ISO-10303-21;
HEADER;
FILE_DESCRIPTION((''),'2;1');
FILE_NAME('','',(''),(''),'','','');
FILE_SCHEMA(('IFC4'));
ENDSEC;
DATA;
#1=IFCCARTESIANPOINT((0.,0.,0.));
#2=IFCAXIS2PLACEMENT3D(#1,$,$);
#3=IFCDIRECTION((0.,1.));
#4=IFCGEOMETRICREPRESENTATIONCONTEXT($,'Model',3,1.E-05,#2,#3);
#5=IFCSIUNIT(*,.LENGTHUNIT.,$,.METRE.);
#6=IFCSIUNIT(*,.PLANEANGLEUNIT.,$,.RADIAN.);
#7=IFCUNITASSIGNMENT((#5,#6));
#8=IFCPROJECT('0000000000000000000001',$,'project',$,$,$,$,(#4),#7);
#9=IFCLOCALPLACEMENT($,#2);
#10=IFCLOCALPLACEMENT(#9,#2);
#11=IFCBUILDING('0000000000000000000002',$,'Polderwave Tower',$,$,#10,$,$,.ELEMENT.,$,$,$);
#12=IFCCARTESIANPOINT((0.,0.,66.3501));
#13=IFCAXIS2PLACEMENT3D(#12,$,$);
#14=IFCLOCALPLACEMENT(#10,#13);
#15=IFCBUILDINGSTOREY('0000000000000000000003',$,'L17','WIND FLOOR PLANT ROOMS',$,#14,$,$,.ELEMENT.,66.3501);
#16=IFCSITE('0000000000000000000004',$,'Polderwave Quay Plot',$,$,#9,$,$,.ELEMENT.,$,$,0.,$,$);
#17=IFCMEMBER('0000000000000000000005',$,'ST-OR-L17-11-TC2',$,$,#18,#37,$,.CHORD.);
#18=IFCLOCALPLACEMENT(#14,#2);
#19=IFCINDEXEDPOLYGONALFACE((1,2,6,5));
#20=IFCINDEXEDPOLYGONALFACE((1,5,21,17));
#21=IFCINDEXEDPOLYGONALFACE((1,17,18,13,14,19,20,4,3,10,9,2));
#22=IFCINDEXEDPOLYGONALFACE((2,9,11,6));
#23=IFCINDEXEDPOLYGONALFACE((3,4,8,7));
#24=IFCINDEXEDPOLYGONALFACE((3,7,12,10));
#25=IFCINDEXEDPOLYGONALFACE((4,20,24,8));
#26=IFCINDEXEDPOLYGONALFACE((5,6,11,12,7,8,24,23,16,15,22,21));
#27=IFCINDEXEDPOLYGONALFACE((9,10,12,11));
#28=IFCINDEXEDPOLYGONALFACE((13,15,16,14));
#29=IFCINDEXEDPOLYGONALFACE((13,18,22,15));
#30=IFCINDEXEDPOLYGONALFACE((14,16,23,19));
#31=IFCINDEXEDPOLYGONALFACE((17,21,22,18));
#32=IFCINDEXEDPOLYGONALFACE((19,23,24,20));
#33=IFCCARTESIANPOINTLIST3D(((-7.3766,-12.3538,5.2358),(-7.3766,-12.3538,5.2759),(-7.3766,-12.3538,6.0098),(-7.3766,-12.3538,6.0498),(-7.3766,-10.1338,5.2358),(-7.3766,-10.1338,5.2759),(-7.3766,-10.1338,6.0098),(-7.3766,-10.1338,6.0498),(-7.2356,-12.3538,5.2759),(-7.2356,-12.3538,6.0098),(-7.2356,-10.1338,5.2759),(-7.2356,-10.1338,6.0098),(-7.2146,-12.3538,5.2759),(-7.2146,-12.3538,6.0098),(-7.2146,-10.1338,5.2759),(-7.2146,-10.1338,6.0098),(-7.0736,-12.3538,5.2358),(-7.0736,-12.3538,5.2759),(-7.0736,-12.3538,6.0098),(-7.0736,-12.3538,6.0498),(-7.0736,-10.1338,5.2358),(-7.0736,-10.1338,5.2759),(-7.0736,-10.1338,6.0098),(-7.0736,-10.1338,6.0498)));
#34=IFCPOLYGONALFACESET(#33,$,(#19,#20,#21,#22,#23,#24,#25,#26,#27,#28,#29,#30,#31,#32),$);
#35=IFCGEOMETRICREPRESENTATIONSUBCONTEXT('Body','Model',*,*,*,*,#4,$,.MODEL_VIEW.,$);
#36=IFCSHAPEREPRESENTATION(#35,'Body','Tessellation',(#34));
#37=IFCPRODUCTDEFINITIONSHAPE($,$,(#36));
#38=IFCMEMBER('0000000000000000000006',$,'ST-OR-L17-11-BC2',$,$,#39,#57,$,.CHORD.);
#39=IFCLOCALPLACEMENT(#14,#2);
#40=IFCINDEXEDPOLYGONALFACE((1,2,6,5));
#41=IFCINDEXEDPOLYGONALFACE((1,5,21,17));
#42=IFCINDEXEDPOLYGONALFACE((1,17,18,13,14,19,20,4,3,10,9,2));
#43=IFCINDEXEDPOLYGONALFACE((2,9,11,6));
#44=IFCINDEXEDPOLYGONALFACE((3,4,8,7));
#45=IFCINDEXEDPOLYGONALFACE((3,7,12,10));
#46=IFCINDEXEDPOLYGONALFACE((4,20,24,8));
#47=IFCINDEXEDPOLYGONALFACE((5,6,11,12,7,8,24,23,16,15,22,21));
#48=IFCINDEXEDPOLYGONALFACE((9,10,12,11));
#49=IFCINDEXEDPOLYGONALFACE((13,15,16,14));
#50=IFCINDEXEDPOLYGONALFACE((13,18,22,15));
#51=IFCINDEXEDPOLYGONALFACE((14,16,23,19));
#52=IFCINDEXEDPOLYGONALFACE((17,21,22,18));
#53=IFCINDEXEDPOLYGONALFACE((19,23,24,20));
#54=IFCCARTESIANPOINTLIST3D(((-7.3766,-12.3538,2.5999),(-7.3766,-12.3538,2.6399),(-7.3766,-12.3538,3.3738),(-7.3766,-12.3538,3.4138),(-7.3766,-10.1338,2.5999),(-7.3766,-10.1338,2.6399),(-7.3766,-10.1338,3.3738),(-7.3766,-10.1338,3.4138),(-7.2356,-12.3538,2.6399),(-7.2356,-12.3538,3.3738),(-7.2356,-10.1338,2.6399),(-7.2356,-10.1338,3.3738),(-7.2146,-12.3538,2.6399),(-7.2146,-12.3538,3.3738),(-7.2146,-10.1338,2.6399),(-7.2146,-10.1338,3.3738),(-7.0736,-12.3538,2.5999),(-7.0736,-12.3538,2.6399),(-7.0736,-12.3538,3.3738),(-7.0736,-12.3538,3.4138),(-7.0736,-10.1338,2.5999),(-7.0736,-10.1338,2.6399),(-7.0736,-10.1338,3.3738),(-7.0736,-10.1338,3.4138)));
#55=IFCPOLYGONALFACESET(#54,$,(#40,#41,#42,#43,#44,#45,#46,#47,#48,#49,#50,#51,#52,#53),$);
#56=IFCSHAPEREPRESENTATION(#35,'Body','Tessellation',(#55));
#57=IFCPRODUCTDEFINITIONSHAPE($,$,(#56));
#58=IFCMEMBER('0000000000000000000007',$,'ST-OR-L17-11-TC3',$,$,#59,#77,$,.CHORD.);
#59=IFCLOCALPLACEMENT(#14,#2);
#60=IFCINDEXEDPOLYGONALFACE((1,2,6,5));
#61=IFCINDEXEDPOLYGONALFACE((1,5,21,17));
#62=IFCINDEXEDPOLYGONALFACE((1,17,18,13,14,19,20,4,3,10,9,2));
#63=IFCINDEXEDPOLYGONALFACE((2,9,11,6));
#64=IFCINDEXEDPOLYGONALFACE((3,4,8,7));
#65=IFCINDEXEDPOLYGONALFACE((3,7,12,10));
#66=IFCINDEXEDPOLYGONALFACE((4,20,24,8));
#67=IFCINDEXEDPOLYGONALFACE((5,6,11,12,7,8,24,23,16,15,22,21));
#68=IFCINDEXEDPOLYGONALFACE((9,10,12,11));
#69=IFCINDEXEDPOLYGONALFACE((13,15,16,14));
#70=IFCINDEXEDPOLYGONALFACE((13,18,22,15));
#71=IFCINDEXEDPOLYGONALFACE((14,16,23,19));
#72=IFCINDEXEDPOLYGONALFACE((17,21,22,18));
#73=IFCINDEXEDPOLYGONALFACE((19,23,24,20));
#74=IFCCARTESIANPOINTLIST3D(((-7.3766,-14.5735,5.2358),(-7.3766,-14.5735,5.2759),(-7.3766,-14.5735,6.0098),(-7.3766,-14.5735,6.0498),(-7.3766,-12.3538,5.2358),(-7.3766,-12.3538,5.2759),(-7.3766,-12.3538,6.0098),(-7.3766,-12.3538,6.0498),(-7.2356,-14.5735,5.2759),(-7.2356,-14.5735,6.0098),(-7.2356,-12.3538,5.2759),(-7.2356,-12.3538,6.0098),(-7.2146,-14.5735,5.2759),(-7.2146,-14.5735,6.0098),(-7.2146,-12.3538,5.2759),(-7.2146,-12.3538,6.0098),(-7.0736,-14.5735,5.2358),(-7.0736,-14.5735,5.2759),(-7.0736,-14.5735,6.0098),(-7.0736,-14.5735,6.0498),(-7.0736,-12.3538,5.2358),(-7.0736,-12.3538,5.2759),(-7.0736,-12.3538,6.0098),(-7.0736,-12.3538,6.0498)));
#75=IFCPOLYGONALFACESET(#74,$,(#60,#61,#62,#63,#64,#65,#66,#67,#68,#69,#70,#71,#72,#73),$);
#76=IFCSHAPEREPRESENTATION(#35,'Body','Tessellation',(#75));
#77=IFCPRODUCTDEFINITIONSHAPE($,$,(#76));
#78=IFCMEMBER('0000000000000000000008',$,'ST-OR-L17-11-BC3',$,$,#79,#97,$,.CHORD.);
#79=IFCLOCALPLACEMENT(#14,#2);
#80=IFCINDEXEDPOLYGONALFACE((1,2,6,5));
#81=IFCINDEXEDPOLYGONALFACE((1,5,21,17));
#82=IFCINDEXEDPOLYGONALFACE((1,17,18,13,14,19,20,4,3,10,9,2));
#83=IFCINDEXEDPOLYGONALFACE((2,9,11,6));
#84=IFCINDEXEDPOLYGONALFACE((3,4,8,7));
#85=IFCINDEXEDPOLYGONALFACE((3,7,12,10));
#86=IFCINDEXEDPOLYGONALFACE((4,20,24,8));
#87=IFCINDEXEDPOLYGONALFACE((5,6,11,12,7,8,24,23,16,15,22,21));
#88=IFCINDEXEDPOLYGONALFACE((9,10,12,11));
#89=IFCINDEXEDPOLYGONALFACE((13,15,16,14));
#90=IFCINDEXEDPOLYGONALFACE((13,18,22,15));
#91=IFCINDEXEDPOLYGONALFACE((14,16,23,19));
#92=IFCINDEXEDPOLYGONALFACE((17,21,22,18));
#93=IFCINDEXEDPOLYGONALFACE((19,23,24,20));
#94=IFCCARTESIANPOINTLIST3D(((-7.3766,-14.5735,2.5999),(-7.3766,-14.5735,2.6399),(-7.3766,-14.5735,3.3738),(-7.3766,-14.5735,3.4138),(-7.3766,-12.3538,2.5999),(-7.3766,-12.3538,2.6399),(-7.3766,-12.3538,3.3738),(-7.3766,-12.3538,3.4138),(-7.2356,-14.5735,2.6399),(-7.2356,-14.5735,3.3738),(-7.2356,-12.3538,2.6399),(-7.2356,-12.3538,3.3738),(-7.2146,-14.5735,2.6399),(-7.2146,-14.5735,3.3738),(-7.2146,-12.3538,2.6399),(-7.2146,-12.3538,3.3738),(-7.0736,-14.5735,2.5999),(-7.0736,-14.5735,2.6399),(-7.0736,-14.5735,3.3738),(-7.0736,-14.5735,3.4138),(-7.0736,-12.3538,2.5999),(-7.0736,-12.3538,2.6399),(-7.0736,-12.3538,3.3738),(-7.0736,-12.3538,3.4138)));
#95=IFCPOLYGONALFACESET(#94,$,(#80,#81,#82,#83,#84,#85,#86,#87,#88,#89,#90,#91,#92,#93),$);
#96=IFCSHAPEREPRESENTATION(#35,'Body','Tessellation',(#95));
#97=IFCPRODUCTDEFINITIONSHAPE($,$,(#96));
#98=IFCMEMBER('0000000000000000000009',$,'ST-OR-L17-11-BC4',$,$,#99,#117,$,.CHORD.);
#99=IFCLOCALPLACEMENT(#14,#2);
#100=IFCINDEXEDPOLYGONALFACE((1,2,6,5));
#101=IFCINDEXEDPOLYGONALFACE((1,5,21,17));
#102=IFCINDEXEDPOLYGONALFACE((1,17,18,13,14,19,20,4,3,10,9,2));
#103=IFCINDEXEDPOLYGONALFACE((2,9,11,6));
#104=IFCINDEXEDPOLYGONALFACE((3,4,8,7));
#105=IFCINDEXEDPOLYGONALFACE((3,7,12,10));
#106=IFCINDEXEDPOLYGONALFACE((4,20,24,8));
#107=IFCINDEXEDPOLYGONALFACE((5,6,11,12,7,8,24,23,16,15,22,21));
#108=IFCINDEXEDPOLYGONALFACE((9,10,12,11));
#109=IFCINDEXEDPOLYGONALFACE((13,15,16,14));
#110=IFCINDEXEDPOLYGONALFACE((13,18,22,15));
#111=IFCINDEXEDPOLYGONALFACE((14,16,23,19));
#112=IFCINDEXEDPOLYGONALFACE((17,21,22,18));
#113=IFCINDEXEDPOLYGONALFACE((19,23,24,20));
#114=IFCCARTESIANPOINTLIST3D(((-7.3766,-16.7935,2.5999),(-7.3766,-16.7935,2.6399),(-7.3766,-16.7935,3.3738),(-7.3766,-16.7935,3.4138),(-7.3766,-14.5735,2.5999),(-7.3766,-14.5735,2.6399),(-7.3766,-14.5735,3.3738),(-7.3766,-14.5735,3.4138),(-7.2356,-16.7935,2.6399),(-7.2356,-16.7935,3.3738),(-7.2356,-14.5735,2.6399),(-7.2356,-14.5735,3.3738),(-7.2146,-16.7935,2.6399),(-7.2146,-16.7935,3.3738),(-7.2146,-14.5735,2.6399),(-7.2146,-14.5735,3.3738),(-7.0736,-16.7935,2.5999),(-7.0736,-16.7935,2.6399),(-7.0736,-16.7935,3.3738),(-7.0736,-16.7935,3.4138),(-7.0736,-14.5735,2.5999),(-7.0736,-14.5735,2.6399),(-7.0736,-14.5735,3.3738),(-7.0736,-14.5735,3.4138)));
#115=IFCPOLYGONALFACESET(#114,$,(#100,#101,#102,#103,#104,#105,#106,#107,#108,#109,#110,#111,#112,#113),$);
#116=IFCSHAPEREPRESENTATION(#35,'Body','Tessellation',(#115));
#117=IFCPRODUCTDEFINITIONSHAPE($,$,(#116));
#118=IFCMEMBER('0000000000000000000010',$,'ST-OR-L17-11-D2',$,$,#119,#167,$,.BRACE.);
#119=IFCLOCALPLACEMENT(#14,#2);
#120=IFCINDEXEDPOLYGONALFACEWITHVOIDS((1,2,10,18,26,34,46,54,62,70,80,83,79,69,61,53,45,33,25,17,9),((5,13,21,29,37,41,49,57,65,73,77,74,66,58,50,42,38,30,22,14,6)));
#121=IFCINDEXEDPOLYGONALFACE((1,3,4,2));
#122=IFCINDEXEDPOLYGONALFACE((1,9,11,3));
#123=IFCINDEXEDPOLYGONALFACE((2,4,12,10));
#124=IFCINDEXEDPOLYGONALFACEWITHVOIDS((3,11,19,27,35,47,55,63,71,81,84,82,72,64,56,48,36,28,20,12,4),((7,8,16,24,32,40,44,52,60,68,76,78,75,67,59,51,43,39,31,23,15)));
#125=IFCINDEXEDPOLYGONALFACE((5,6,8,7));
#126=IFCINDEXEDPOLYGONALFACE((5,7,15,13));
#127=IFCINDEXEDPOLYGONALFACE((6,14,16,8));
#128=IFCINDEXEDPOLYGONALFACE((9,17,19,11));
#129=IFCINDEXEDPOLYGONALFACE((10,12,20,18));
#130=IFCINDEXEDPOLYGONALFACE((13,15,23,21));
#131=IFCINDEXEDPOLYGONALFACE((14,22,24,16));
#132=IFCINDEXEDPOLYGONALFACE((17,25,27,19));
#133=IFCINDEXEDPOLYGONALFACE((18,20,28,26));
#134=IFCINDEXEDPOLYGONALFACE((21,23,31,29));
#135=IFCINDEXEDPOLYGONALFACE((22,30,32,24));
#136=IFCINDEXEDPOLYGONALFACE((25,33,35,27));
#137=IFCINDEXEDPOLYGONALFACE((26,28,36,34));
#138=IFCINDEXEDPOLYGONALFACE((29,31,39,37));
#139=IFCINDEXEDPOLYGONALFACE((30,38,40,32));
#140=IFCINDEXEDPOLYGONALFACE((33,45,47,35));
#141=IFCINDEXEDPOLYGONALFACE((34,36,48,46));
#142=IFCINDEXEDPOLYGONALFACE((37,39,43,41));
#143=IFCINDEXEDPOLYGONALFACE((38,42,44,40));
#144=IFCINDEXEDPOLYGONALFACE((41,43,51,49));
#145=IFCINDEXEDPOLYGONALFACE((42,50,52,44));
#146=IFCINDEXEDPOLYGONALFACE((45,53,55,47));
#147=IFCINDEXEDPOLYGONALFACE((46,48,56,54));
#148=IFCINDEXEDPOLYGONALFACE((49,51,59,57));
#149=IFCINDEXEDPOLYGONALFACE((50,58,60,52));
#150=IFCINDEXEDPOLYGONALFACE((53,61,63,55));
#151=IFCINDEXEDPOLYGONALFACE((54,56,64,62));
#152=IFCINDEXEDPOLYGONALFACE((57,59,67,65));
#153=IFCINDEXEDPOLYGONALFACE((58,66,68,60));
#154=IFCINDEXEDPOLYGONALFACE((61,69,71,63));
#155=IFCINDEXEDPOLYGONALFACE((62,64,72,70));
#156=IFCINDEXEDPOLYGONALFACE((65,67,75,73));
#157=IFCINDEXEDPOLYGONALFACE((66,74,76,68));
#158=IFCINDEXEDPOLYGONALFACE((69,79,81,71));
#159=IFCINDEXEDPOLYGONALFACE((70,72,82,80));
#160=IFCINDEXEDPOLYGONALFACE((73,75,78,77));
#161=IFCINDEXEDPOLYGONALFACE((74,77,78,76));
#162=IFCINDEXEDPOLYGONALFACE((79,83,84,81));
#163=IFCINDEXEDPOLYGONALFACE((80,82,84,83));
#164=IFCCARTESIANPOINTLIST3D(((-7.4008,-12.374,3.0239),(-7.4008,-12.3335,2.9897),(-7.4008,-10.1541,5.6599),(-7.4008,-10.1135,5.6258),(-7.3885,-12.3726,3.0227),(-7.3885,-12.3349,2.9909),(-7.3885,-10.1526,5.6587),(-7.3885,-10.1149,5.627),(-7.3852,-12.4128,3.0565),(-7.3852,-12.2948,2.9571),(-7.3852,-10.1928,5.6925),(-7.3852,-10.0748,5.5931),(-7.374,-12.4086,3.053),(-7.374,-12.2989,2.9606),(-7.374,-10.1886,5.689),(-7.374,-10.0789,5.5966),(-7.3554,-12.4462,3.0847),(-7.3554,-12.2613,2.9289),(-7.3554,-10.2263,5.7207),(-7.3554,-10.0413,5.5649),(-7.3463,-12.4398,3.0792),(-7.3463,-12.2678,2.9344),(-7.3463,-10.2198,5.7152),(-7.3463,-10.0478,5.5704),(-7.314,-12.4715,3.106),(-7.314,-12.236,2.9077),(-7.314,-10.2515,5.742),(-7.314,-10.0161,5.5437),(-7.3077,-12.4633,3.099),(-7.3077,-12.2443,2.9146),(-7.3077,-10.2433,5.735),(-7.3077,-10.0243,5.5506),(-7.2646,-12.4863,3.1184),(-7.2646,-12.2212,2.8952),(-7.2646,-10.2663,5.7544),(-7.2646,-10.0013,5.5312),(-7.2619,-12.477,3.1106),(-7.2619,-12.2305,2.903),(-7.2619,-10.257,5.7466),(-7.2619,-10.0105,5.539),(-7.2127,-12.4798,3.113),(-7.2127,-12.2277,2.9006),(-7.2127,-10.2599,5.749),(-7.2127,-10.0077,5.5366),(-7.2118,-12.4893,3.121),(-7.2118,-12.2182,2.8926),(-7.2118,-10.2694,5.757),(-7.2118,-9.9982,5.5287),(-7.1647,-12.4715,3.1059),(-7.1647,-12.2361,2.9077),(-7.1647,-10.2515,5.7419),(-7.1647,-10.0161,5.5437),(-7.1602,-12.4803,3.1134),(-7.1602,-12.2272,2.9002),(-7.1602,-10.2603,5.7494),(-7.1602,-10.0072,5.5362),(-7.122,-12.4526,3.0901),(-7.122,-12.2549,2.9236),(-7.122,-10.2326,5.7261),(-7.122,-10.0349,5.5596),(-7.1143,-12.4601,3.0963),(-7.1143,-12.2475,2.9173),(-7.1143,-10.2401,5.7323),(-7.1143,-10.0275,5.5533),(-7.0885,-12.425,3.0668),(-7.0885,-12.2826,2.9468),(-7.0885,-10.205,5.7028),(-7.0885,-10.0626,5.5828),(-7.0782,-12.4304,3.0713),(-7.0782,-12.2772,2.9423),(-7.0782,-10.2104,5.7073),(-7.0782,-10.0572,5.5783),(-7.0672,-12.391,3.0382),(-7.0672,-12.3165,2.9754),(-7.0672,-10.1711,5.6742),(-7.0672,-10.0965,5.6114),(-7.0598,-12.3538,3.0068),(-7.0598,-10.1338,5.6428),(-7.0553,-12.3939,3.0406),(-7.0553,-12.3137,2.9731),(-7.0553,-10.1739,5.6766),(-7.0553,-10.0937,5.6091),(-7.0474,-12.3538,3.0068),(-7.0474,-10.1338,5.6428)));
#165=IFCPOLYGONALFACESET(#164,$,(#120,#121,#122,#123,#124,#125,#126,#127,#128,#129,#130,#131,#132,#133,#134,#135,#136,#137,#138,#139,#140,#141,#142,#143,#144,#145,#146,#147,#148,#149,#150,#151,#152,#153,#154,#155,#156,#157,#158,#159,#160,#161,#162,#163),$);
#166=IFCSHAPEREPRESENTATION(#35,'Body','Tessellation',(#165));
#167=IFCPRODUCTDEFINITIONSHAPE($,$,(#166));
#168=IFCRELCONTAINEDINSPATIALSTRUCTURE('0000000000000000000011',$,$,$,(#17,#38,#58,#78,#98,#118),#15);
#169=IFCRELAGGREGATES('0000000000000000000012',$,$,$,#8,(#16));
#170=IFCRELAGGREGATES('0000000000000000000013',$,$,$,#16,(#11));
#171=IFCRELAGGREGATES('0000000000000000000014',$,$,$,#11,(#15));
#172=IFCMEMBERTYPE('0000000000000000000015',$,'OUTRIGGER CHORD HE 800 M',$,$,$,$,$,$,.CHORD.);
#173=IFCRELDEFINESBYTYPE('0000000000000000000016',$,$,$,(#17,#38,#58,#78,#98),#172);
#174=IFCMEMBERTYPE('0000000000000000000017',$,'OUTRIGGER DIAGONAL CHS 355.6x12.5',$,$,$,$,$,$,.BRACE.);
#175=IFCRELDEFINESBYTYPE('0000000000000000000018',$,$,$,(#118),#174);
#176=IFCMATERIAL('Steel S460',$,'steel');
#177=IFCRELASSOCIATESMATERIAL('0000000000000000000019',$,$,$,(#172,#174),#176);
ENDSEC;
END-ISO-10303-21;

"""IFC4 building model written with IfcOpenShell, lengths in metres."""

from ifc_helpers import new_model, si_unit, direction, frame, origin, origin_2d, place, context, subcontext, project, spatial, hollow_circle, i_section, extrude, material, material_profile, profile_set, type_object, element, save


model = new_model("IFC4")

# Units and contexts
model_context = context("Model", 3, precision=1e-05, world=origin(), true_north=direction((0.0, 1.0)))
body_context = subcontext(model_context, "Body", "Model", "MODEL_VIEW")
ifc_project = project(units=[si_unit("LENGTHUNIT", "METRE"), si_unit("PLANEANGLEUNIT", "RADIAN")], contexts=[model_context])

# Site, building, storey
site_placement = place(None, origin())
site = spatial("IfcSite", under=ifc_project, at=site_placement, Name="Polderwave Quay Plot", CompositionType="ELEMENT", RefElevation=0.0)
building_placement = place(site_placement, origin())
building = spatial("IfcBuilding", under=site, at=building_placement, Name="Polderwave Tower", CompositionType="ELEMENT")
storey_placement = place(building_placement, frame((0.0, 0.0, 66.3501)))
storey = spatial("IfcBuildingStorey", under=building, at=storey_placement, Name="L17", Description="WIND FLOOR PLANT ROOMS", CompositionType="ELEMENT", Elevation=66.3501)

# Members
ifc_material_1 = material(Name="Steel S460", Category="steel")
ifc_material_profile_1 = material_profile(ifc_material_1, i_section(OverallWidth=0.303, OverallDepth=0.814, WebThickness=0.021, FlangeThickness=0.04, at=origin_2d()), Name="HE 800 M")
ifc_profile_set_1 = profile_set([ifc_material_profile_1], Name="Steel S460")
member_type_1 = type_object("IfcMemberType", Name="OUTRIGGER CHORD HE 800 M", PredefinedType="CHORD", material=ifc_profile_set_1)
for number, where, z_axis, x_axis, name in (
    (1, (-7.2251, -10.1338, 5.6428), (0.0, -1.0, 0.0), (1.0, 0.0, 0.0), "ST-OR-L17-11-TC2"),
    (2, (-7.2251, -10.1338, 3.0068), (0.0, -1.0, 0.0), (1.0, 0.0, 0.0), "ST-OR-L17-11-BC2"),
):
    element("IfcMember", number, at=place(storey_placement, frame(where, z_axis=z_axis, x_axis=x_axis)), inside=storey, type_object=member_type_1, Name=name, PredefinedType="CHORD", context=body_context, shape_type="SweptSolid", body=[
        extrude(i_section(OverallWidth=0.303, OverallDepth=0.814, WebThickness=0.021, FlangeThickness=0.04, at=origin_2d()), origin(), (0.0, 0.0, 1.0), 2.22),
    ])
for number, where, z_axis, x_axis, name in (
    (3, (-7.2251, -12.3538, 5.6428), (0.0, -1.0, 0.0), (1.0, 0.0, 0.0), "ST-OR-L17-11-TC3"),
    (4, (-7.2251, -12.3538, 3.0068), (0.0, -1.0, 0.0), (1.0, 0.0, 0.0), "ST-OR-L17-11-BC3"),
):
    element("IfcMember", number, at=place(storey_placement, frame(where, z_axis=z_axis, x_axis=x_axis)), inside=storey, type_object=member_type_1, Name=name, PredefinedType="CHORD", context=body_context, shape_type="SweptSolid", body=[
        extrude(i_section(OverallWidth=0.303, OverallDepth=0.814, WebThickness=0.021, FlangeThickness=0.04, at=origin_2d()), origin(), (0.0, 0.0, 1.0), 2.2197),
    ])
member_1_placement = place(storey_placement, frame((-7.2251, -14.5735, 3.0068), z_axis=(0.0, -1.0, 0.0), x_axis=(1.0, 0.0, 0.0)))
element("IfcMember", 5, at=member_1_placement, inside=storey, type_object=member_type_1, Name="ST-OR-L17-11-BC4", PredefinedType="CHORD", context=body_context, shape_type="SweptSolid", body=[
    extrude(i_section(OverallWidth=0.303, OverallDepth=0.814, WebThickness=0.021, FlangeThickness=0.04, at=origin_2d()), origin(), (0.0, 0.0, 1.0), 2.22),
])
ifc_material_profile_2 = material_profile(ifc_material_1, hollow_circle(Radius=0.1777, WallThickness=0.0125, at=origin_2d()), Name="CHS 355.6x12.5")
ifc_profile_set_2 = profile_set([ifc_material_profile_2], Name="Steel S460")
member_type_2 = type_object("IfcMemberType", Name="OUTRIGGER DIAGONAL CHS 355.6x12.5", PredefinedType="BRACE", material=ifc_profile_set_2)
member_2_placement = place(storey_placement, frame((-7.2251, -10.1338, 5.6428), z_axis=(0.0, -0.644168, -0.764884), x_axis=(1.0, 0.0, 0.0)))
element("IfcMember", 6, at=member_2_placement, inside=storey, type_object=member_type_2, Name="ST-OR-L17-11-D2", PredefinedType="BRACE", context=body_context, shape_type="SweptSolid", body=[
    extrude(hollow_circle(Radius=0.1777, WallThickness=0.0125, at=origin_2d()), origin(), (0.0, 0.0, 1.0), 3.4463),
])

save(model, "model.ifc")
